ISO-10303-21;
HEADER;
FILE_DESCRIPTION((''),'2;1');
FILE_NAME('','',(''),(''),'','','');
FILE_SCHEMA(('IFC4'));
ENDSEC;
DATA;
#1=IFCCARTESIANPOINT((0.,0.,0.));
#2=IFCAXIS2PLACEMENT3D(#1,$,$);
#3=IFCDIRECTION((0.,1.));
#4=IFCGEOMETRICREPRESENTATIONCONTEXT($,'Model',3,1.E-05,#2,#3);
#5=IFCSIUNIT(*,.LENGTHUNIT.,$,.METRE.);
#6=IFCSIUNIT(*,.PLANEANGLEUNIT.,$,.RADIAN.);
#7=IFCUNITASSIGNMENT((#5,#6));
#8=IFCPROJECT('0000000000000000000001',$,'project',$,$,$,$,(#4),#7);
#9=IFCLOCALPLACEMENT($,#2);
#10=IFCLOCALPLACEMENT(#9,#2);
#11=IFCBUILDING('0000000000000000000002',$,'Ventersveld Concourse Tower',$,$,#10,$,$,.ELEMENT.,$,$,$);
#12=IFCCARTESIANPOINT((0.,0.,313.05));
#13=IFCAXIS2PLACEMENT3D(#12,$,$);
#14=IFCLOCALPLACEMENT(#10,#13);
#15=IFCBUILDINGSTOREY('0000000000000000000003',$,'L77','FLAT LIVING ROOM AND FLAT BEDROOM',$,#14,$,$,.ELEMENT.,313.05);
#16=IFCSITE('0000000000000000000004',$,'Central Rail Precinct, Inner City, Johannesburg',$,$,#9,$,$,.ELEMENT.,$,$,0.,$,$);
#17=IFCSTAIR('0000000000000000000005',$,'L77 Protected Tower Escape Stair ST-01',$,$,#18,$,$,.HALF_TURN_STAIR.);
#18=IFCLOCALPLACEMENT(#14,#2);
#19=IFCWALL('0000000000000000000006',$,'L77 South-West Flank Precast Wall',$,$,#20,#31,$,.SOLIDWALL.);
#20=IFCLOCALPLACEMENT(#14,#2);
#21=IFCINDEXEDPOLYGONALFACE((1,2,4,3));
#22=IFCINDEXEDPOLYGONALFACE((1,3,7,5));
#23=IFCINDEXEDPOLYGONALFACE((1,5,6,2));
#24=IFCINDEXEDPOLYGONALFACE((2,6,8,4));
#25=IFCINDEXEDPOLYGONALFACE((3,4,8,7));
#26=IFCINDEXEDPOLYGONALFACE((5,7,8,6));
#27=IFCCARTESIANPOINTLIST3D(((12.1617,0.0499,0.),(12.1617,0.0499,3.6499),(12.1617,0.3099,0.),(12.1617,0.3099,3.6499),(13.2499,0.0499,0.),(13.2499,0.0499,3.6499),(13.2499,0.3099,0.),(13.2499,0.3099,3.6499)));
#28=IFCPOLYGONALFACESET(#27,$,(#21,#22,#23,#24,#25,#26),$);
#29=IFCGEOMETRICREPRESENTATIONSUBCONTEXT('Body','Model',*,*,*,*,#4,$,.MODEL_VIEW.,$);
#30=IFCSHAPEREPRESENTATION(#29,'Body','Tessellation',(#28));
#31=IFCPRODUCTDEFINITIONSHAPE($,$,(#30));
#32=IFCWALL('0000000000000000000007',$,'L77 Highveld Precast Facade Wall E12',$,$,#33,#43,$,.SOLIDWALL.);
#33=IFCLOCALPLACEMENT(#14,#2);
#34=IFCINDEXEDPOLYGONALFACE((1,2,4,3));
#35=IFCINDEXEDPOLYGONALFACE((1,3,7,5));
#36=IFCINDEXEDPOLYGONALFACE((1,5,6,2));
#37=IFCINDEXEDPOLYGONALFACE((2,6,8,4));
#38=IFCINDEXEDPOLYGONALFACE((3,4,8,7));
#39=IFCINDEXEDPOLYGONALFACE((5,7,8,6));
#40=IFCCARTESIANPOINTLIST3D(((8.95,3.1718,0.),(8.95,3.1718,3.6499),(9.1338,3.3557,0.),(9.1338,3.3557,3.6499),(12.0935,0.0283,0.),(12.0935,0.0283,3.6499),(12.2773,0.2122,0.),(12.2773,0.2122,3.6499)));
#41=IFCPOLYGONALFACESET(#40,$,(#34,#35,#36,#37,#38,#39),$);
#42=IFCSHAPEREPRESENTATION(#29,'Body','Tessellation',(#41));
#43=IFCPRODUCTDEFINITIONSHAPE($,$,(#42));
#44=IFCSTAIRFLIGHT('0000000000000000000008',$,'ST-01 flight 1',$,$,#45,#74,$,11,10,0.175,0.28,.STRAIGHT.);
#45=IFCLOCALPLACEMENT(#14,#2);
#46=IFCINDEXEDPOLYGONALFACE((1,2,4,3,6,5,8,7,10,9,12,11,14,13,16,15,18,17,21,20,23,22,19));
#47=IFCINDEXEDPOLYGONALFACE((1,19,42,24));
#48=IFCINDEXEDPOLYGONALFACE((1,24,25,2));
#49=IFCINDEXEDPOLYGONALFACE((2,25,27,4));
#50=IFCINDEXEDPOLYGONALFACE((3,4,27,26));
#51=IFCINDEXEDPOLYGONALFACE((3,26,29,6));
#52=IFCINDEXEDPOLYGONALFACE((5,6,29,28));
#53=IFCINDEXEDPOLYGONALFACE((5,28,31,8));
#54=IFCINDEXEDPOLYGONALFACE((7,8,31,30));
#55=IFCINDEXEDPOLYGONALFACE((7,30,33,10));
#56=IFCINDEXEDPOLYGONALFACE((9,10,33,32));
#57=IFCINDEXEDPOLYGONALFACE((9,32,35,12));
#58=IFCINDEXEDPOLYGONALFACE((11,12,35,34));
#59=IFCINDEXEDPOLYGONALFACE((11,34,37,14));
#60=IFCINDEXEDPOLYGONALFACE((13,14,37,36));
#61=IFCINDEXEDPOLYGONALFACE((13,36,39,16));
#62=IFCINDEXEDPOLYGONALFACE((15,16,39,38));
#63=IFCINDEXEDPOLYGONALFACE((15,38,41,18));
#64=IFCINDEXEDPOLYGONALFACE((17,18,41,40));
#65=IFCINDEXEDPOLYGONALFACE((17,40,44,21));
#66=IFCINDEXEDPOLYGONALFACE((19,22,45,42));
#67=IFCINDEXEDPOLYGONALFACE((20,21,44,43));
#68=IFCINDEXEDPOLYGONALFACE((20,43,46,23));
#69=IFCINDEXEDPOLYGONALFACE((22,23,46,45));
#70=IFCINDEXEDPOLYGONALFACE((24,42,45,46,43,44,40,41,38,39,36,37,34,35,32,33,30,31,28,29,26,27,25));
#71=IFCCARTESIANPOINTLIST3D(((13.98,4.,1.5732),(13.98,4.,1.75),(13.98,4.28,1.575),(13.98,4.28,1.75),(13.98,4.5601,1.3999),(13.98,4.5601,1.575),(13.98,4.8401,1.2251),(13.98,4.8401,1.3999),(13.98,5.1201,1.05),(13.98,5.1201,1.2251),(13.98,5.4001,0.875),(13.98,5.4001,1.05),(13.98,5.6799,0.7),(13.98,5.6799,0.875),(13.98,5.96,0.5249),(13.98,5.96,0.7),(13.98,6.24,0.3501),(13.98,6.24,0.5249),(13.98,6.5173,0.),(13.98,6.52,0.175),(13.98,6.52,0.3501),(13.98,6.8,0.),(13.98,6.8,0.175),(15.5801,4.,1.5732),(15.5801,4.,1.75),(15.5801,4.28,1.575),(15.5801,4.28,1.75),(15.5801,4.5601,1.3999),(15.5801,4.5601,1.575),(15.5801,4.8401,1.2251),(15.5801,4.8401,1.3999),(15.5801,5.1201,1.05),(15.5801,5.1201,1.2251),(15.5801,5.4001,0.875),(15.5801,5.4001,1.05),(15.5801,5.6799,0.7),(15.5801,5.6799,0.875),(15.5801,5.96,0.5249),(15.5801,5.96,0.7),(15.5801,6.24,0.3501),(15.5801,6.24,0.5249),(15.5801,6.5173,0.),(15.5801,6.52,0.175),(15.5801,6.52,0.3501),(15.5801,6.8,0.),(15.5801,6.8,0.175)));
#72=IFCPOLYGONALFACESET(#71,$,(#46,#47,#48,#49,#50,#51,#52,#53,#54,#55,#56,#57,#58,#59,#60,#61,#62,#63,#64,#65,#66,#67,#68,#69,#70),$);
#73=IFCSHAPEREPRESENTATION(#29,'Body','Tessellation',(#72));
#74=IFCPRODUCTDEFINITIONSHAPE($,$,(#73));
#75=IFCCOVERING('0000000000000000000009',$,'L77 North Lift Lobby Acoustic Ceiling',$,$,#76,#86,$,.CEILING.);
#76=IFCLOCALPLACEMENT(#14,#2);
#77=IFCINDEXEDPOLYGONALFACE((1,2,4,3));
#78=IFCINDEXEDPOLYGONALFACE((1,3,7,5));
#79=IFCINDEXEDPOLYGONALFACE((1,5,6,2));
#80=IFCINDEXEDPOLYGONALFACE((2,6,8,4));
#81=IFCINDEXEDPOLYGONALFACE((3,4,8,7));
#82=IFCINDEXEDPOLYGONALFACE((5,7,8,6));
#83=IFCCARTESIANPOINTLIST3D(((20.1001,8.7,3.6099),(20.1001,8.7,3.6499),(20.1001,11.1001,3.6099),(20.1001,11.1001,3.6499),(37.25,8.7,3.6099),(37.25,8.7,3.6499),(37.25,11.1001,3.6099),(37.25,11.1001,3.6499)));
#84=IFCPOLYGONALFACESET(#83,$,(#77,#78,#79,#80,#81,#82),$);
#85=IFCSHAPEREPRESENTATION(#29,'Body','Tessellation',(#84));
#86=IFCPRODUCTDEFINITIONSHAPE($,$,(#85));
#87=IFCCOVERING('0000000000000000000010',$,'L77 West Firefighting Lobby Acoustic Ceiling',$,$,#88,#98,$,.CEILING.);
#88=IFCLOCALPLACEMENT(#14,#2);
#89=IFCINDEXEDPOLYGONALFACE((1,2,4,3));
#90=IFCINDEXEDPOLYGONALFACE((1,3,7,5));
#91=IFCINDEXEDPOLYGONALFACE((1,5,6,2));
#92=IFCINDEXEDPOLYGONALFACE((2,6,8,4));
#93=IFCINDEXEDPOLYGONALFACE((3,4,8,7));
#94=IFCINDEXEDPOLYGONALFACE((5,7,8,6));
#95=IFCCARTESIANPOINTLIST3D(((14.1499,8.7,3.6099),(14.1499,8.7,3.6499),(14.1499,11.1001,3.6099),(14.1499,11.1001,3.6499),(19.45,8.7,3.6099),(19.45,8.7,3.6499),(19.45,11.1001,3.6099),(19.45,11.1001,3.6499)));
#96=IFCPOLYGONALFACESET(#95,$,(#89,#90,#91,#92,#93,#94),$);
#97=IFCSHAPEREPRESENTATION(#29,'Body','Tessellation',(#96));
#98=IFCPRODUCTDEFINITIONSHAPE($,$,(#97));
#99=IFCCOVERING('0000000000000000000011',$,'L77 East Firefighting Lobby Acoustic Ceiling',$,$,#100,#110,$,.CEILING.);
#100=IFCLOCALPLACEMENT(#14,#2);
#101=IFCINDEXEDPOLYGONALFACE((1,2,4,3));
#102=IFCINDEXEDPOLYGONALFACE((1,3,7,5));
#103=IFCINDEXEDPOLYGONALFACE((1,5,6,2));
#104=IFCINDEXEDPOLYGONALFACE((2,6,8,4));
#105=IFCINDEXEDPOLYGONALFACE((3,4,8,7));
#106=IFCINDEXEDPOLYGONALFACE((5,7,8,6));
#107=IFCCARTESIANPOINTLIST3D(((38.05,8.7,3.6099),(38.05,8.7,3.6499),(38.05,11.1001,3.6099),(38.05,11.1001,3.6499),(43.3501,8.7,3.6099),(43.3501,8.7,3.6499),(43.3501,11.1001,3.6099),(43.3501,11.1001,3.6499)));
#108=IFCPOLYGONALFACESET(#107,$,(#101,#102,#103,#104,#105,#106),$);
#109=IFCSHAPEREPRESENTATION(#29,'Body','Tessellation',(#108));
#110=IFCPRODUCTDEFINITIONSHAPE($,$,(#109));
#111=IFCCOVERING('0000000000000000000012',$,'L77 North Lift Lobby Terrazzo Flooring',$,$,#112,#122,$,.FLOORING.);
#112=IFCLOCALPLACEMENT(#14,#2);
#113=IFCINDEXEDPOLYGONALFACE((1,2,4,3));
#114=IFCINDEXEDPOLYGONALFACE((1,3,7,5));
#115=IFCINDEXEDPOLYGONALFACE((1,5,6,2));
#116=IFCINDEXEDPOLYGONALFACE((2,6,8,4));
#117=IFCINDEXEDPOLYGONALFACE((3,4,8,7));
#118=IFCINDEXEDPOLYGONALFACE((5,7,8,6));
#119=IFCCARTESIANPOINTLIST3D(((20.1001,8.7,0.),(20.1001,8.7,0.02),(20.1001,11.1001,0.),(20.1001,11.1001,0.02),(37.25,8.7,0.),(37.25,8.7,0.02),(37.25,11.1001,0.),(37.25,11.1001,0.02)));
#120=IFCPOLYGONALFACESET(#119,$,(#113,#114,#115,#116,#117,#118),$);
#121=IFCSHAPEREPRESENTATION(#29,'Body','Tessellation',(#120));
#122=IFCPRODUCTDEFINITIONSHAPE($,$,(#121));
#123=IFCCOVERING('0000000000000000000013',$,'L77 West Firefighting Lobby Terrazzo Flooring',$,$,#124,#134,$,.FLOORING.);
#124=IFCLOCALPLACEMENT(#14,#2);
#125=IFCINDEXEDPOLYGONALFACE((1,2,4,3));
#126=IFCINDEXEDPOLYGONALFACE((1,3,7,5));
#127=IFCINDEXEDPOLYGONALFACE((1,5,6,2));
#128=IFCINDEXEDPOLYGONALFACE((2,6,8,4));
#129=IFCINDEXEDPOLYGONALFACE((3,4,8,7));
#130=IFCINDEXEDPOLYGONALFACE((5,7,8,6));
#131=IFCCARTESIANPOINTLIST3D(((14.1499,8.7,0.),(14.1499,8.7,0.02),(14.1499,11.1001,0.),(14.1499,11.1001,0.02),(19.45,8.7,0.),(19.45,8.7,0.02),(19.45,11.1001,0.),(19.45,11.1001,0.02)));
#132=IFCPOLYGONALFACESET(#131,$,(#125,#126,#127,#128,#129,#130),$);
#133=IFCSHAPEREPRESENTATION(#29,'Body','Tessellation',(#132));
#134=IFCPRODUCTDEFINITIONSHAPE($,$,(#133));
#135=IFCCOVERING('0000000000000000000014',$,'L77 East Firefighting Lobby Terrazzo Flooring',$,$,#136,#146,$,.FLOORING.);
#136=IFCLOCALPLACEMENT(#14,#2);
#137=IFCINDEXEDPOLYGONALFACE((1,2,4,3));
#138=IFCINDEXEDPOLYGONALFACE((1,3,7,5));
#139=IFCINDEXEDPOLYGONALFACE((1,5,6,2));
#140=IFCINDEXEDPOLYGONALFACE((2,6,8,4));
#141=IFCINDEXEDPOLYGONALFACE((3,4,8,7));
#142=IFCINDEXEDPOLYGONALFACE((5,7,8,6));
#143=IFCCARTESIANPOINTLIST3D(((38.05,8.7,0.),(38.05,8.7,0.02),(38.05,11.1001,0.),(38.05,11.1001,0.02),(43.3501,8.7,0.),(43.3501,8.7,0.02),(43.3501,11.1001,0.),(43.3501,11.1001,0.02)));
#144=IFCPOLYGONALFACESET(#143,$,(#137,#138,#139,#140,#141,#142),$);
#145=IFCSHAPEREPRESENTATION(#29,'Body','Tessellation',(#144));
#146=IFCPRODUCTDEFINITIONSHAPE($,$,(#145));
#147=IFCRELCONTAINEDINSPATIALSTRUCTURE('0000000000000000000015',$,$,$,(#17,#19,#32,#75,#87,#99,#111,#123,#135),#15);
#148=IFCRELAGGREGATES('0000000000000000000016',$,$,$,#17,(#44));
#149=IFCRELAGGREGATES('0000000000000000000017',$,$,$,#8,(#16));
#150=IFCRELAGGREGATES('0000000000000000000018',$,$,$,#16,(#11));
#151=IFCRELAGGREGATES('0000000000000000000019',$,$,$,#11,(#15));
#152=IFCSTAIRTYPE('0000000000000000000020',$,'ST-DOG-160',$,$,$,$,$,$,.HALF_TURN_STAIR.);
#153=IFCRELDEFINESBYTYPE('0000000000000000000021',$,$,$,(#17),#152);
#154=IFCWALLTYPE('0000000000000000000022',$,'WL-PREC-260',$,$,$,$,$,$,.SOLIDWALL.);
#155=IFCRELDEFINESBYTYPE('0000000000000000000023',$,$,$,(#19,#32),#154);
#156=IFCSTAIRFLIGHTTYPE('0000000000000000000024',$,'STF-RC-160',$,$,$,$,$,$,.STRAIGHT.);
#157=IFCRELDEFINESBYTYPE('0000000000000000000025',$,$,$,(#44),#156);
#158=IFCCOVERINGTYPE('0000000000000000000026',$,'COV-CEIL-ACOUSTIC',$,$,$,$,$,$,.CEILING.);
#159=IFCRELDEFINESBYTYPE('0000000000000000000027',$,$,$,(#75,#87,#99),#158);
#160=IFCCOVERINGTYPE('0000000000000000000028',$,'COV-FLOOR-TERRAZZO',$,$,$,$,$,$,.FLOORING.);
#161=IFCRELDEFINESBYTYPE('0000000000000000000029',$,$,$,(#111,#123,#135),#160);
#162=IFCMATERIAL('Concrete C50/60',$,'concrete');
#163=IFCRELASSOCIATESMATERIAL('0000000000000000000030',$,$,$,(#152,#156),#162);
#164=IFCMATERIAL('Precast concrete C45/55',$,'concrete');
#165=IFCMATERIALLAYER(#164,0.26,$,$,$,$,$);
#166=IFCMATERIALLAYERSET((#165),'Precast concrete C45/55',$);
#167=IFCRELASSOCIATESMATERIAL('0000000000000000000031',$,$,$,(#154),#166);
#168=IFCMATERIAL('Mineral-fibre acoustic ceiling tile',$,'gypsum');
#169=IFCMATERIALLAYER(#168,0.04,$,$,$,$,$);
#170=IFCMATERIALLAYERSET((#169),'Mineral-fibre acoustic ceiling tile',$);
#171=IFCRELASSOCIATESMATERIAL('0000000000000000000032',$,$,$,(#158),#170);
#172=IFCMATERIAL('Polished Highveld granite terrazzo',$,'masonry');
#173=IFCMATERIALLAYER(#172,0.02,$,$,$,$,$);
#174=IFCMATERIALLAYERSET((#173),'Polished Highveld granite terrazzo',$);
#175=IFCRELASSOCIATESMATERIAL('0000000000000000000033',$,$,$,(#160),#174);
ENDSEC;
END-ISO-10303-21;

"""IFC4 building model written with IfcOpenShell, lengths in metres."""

from ifc_helpers import new_model, si_unit, direction, frame, frame_2d, origin, place, context, subcontext, project, spatial, polyline, rectangle, outline, extrude, material, layer, layer_set, type_object, element, aggregate, save


model = new_model("IFC4")

# Units and contexts
model_context = context("Model", 3, precision=1e-05, world=origin(), true_north=direction((0.0, 1.0)))
body_context = subcontext(model_context, "Body", "Model", "MODEL_VIEW")
ifc_project = project(units=[si_unit("LENGTHUNIT", "METRE"), si_unit("PLANEANGLEUNIT", "RADIAN")], contexts=[model_context])

# Site, building, storey
site_placement = place(None, origin())
site = spatial("IfcSite", under=ifc_project, at=site_placement, Name="Central Rail Precinct, Inner City, Johannesburg", CompositionType="ELEMENT", RefElevation=0.0)
building_placement = place(site_placement, origin())
building = spatial("IfcBuilding", under=site, at=building_placement, Name="Ventersveld Concourse Tower", CompositionType="ELEMENT")
storey_placement = place(building_placement, frame((0.0, 0.0, 313.05)))
storey = spatial("IfcBuildingStorey", under=building, at=storey_placement, Name="L77", Description="FLAT LIVING ROOM AND FLAT BEDROOM", CompositionType="ELEMENT", Elevation=313.05)

# Shared definitions
ifc_material_1 = material(Name="Concrete C50/60", Category="concrete")

# Stair
stair_type_1 = type_object("IfcStairType", Name="ST-DOG-160", PredefinedType="HALF_TURN_STAIR", material=ifc_material_1)
stair_1_placement = place(storey_placement, origin())
stair_1 = element("IfcStair", 1, at=stair_1_placement, inside=storey, type_object=stair_type_1, Name="L77 Protected Tower Escape Stair ST-01", PredefinedType="HALF_TURN_STAIR")

# Walls
ifc_material_2 = material(Name="Precast concrete C45/55", Category="concrete")
ifc_layer_1 = layer(ifc_material_2, 0.26)
ifc_layer_set_1 = layer_set([ifc_layer_1], Name="Precast concrete C45/55")
wall_type_1 = type_object("IfcWallType", Name="WL-PREC-260", PredefinedType="SOLIDWALL", material=ifc_layer_set_1)
wall_1_placement = place(storey_placement, frame((12.1619, 0.1799, 0.0), z_axis=(0.0, 0.0, 1.0), x_axis=(1.0, 0.0, 0.0)))
element("IfcWall", 2, at=wall_1_placement, inside=storey, type_object=wall_type_1, Name="L77 South-West Flank Precast Wall", PredefinedType="SOLIDWALL", context=body_context, shape_type="SweptSolid", body=[
    extrude(rectangle(XDim=1.0881, YDim=0.26, at=frame_2d((0.5439, 0.0))), origin(), (0.0, 0.0, 1.0), 3.6499),
])
wall_2_placement = place(storey_placement, frame((9.042, 3.2637, 0.0), z_axis=(0.0, 0.0, 1.0), x_axis=(0.707107, -0.707107, 0.0)))
element("IfcWall", 3, at=wall_2_placement, inside=storey, type_object=wall_type_1, Name="L77 Highveld Precast Facade Wall E12", PredefinedType="SOLIDWALL", context=body_context, shape_type="SweptSolid", body=[
    extrude(rectangle(XDim=4.4456, YDim=0.26, at=frame_2d((2.2227, 0.0))), origin(), (0.0, 0.0, 1.0), 3.6499),
])

# Stair flight
stair_flight_type = type_object("IfcStairFlightType", Name="STF-RC-160", PredefinedType="STRAIGHT", material=ifc_material_1)
stair_flight_placement = place(storey_placement, frame((14.78, 6.8, 0.0), z_axis=(0.0, 0.0, 1.0), x_axis=(0.0, -1.0, 0.0)))
stair_flight = element("IfcStairFlight", 4, at=stair_flight_placement, type_object=stair_flight_type, Name="ST-01 flight 1", NumberOfRisers=11, NumberOfTreads=10, PredefinedType="STRAIGHT", RiserHeight=0.175, TreadLength=0.28, context=body_context, shape_type="SweptSolid", body=[
    extrude(outline(polyline([(0.0, 0.0), (0.0, 0.175), (0.28, 0.175), (0.28, 0.3501), (0.5601, 0.3501), (0.5601, 0.5249), (0.8401, 0.5249), (0.8401, 0.7), (1.1201, 0.7), (1.1201, 0.875), (1.3999, 0.875), (1.3999, 1.05), (1.6799, 1.05), (1.6799, 1.2251), (1.96, 1.2251), (1.96, 1.3999), (2.24, 1.3999), (2.24, 1.575), (2.52, 1.575), (2.52, 1.75), (2.8, 1.75), (2.8, 1.925), (2.8, 1.5732), (0.2827, 0.0), (0.0, 0.0)])), frame((0.0, 0.8, 0.0), z_axis=(0.0, -1.0, 0.0), x_axis=(1.0, 0.0, 0.0)), (0.0, 0.0, 1.0), 1.6001),
])
aggregate(stair_1, [stair_flight])

# Coverings
ifc_material_3 = material(Name="Mineral-fibre acoustic ceiling tile", Category="gypsum")
ifc_layer_2 = layer(ifc_material_3, 0.04)
ifc_layer_set_2 = layer_set([ifc_layer_2], Name="Mineral-fibre acoustic ceiling tile")
covering_type_1 = type_object("IfcCoveringType", Name="COV-CEIL-ACOUSTIC", PredefinedType="CEILING", material=ifc_layer_set_2)
covering_1_placement = place(storey_placement, frame((0.0, 0.0, 3.6099)))
element("IfcCovering", 5, at=covering_1_placement, inside=storey, type_object=covering_type_1, Name="L77 North Lift Lobby Acoustic Ceiling", PredefinedType="CEILING", context=body_context, shape_type="SweptSolid", body=[
    extrude(outline(polyline([(20.1001, 8.7), (37.25, 8.7), (37.25, 11.1001), (20.1001, 11.1001), (20.1001, 8.7)])), origin(), (0.0, 0.0, 1.0), 0.04),
])
covering_2_placement = place(storey_placement, frame((0.0, 0.0, 3.6099)))
element("IfcCovering", 6, at=covering_2_placement, inside=storey, type_object=covering_type_1, Name="L77 West Firefighting Lobby Acoustic Ceiling", PredefinedType="CEILING", context=body_context, shape_type="SweptSolid", body=[
    extrude(outline(polyline([(14.1499, 8.7), (19.45, 8.7), (19.45, 11.1001), (14.1499, 11.1001), (14.1499, 8.7)])), origin(), (0.0, 0.0, 1.0), 0.04),
])
covering_3_placement = place(storey_placement, frame((0.0, 0.0, 3.6099)))
element("IfcCovering", 7, at=covering_3_placement, inside=storey, type_object=covering_type_1, Name="L77 East Firefighting Lobby Acoustic Ceiling", PredefinedType="CEILING", context=body_context, shape_type="SweptSolid", body=[
    extrude(outline(polyline([(38.05, 8.7), (43.3501, 8.7), (43.3501, 11.1001), (38.05, 11.1001), (38.05, 8.7)])), origin(), (0.0, 0.0, 1.0), 0.04),
])
ifc_material_4 = material(Name="Polished Highveld granite terrazzo", Category="masonry")
ifc_layer_3 = layer(ifc_material_4, 0.02)
ifc_layer_set_3 = layer_set([ifc_layer_3], Name="Polished Highveld granite terrazzo")
covering_type_2 = type_object("IfcCoveringType", Name="COV-FLOOR-TERRAZZO", PredefinedType="FLOORING", material=ifc_layer_set_3)
covering_4_placement = place(storey_placement, origin())
element("IfcCovering", 8, at=covering_4_placement, inside=storey, type_object=covering_type_2, Name="L77 North Lift Lobby Terrazzo Flooring", PredefinedType="FLOORING", context=body_context, shape_type="SweptSolid", body=[
    extrude(outline(polyline([(20.1001, 8.7), (37.25, 8.7), (37.25, 11.1001), (20.1001, 11.1001), (20.1001, 8.7)])), origin(), (0.0, 0.0, 1.0), 0.02),
])
covering_5_placement = place(storey_placement, origin())
element("IfcCovering", 9, at=covering_5_placement, inside=storey, type_object=covering_type_2, Name="L77 West Firefighting Lobby Terrazzo Flooring", PredefinedType="FLOORING", context=body_context, shape_type="SweptSolid", body=[
    extrude(outline(polyline([(14.1499, 8.7), (19.45, 8.7), (19.45, 11.1001), (14.1499, 11.1001), (14.1499, 8.7)])), origin(), (0.0, 0.0, 1.0), 0.02),
])
covering_6_placement = place(storey_placement, origin())
element("IfcCovering", 10, at=covering_6_placement, inside=storey, type_object=covering_type_2, Name="L77 East Firefighting Lobby Terrazzo Flooring", PredefinedType="FLOORING", context=body_context, shape_type="SweptSolid", body=[
    extrude(outline(polyline([(38.05, 8.7), (43.3501, 8.7), (43.3501, 11.1001), (38.05, 11.1001), (38.05, 8.7)])), origin(), (0.0, 0.0, 1.0), 0.02),
])

save(model, "model.ifc")
